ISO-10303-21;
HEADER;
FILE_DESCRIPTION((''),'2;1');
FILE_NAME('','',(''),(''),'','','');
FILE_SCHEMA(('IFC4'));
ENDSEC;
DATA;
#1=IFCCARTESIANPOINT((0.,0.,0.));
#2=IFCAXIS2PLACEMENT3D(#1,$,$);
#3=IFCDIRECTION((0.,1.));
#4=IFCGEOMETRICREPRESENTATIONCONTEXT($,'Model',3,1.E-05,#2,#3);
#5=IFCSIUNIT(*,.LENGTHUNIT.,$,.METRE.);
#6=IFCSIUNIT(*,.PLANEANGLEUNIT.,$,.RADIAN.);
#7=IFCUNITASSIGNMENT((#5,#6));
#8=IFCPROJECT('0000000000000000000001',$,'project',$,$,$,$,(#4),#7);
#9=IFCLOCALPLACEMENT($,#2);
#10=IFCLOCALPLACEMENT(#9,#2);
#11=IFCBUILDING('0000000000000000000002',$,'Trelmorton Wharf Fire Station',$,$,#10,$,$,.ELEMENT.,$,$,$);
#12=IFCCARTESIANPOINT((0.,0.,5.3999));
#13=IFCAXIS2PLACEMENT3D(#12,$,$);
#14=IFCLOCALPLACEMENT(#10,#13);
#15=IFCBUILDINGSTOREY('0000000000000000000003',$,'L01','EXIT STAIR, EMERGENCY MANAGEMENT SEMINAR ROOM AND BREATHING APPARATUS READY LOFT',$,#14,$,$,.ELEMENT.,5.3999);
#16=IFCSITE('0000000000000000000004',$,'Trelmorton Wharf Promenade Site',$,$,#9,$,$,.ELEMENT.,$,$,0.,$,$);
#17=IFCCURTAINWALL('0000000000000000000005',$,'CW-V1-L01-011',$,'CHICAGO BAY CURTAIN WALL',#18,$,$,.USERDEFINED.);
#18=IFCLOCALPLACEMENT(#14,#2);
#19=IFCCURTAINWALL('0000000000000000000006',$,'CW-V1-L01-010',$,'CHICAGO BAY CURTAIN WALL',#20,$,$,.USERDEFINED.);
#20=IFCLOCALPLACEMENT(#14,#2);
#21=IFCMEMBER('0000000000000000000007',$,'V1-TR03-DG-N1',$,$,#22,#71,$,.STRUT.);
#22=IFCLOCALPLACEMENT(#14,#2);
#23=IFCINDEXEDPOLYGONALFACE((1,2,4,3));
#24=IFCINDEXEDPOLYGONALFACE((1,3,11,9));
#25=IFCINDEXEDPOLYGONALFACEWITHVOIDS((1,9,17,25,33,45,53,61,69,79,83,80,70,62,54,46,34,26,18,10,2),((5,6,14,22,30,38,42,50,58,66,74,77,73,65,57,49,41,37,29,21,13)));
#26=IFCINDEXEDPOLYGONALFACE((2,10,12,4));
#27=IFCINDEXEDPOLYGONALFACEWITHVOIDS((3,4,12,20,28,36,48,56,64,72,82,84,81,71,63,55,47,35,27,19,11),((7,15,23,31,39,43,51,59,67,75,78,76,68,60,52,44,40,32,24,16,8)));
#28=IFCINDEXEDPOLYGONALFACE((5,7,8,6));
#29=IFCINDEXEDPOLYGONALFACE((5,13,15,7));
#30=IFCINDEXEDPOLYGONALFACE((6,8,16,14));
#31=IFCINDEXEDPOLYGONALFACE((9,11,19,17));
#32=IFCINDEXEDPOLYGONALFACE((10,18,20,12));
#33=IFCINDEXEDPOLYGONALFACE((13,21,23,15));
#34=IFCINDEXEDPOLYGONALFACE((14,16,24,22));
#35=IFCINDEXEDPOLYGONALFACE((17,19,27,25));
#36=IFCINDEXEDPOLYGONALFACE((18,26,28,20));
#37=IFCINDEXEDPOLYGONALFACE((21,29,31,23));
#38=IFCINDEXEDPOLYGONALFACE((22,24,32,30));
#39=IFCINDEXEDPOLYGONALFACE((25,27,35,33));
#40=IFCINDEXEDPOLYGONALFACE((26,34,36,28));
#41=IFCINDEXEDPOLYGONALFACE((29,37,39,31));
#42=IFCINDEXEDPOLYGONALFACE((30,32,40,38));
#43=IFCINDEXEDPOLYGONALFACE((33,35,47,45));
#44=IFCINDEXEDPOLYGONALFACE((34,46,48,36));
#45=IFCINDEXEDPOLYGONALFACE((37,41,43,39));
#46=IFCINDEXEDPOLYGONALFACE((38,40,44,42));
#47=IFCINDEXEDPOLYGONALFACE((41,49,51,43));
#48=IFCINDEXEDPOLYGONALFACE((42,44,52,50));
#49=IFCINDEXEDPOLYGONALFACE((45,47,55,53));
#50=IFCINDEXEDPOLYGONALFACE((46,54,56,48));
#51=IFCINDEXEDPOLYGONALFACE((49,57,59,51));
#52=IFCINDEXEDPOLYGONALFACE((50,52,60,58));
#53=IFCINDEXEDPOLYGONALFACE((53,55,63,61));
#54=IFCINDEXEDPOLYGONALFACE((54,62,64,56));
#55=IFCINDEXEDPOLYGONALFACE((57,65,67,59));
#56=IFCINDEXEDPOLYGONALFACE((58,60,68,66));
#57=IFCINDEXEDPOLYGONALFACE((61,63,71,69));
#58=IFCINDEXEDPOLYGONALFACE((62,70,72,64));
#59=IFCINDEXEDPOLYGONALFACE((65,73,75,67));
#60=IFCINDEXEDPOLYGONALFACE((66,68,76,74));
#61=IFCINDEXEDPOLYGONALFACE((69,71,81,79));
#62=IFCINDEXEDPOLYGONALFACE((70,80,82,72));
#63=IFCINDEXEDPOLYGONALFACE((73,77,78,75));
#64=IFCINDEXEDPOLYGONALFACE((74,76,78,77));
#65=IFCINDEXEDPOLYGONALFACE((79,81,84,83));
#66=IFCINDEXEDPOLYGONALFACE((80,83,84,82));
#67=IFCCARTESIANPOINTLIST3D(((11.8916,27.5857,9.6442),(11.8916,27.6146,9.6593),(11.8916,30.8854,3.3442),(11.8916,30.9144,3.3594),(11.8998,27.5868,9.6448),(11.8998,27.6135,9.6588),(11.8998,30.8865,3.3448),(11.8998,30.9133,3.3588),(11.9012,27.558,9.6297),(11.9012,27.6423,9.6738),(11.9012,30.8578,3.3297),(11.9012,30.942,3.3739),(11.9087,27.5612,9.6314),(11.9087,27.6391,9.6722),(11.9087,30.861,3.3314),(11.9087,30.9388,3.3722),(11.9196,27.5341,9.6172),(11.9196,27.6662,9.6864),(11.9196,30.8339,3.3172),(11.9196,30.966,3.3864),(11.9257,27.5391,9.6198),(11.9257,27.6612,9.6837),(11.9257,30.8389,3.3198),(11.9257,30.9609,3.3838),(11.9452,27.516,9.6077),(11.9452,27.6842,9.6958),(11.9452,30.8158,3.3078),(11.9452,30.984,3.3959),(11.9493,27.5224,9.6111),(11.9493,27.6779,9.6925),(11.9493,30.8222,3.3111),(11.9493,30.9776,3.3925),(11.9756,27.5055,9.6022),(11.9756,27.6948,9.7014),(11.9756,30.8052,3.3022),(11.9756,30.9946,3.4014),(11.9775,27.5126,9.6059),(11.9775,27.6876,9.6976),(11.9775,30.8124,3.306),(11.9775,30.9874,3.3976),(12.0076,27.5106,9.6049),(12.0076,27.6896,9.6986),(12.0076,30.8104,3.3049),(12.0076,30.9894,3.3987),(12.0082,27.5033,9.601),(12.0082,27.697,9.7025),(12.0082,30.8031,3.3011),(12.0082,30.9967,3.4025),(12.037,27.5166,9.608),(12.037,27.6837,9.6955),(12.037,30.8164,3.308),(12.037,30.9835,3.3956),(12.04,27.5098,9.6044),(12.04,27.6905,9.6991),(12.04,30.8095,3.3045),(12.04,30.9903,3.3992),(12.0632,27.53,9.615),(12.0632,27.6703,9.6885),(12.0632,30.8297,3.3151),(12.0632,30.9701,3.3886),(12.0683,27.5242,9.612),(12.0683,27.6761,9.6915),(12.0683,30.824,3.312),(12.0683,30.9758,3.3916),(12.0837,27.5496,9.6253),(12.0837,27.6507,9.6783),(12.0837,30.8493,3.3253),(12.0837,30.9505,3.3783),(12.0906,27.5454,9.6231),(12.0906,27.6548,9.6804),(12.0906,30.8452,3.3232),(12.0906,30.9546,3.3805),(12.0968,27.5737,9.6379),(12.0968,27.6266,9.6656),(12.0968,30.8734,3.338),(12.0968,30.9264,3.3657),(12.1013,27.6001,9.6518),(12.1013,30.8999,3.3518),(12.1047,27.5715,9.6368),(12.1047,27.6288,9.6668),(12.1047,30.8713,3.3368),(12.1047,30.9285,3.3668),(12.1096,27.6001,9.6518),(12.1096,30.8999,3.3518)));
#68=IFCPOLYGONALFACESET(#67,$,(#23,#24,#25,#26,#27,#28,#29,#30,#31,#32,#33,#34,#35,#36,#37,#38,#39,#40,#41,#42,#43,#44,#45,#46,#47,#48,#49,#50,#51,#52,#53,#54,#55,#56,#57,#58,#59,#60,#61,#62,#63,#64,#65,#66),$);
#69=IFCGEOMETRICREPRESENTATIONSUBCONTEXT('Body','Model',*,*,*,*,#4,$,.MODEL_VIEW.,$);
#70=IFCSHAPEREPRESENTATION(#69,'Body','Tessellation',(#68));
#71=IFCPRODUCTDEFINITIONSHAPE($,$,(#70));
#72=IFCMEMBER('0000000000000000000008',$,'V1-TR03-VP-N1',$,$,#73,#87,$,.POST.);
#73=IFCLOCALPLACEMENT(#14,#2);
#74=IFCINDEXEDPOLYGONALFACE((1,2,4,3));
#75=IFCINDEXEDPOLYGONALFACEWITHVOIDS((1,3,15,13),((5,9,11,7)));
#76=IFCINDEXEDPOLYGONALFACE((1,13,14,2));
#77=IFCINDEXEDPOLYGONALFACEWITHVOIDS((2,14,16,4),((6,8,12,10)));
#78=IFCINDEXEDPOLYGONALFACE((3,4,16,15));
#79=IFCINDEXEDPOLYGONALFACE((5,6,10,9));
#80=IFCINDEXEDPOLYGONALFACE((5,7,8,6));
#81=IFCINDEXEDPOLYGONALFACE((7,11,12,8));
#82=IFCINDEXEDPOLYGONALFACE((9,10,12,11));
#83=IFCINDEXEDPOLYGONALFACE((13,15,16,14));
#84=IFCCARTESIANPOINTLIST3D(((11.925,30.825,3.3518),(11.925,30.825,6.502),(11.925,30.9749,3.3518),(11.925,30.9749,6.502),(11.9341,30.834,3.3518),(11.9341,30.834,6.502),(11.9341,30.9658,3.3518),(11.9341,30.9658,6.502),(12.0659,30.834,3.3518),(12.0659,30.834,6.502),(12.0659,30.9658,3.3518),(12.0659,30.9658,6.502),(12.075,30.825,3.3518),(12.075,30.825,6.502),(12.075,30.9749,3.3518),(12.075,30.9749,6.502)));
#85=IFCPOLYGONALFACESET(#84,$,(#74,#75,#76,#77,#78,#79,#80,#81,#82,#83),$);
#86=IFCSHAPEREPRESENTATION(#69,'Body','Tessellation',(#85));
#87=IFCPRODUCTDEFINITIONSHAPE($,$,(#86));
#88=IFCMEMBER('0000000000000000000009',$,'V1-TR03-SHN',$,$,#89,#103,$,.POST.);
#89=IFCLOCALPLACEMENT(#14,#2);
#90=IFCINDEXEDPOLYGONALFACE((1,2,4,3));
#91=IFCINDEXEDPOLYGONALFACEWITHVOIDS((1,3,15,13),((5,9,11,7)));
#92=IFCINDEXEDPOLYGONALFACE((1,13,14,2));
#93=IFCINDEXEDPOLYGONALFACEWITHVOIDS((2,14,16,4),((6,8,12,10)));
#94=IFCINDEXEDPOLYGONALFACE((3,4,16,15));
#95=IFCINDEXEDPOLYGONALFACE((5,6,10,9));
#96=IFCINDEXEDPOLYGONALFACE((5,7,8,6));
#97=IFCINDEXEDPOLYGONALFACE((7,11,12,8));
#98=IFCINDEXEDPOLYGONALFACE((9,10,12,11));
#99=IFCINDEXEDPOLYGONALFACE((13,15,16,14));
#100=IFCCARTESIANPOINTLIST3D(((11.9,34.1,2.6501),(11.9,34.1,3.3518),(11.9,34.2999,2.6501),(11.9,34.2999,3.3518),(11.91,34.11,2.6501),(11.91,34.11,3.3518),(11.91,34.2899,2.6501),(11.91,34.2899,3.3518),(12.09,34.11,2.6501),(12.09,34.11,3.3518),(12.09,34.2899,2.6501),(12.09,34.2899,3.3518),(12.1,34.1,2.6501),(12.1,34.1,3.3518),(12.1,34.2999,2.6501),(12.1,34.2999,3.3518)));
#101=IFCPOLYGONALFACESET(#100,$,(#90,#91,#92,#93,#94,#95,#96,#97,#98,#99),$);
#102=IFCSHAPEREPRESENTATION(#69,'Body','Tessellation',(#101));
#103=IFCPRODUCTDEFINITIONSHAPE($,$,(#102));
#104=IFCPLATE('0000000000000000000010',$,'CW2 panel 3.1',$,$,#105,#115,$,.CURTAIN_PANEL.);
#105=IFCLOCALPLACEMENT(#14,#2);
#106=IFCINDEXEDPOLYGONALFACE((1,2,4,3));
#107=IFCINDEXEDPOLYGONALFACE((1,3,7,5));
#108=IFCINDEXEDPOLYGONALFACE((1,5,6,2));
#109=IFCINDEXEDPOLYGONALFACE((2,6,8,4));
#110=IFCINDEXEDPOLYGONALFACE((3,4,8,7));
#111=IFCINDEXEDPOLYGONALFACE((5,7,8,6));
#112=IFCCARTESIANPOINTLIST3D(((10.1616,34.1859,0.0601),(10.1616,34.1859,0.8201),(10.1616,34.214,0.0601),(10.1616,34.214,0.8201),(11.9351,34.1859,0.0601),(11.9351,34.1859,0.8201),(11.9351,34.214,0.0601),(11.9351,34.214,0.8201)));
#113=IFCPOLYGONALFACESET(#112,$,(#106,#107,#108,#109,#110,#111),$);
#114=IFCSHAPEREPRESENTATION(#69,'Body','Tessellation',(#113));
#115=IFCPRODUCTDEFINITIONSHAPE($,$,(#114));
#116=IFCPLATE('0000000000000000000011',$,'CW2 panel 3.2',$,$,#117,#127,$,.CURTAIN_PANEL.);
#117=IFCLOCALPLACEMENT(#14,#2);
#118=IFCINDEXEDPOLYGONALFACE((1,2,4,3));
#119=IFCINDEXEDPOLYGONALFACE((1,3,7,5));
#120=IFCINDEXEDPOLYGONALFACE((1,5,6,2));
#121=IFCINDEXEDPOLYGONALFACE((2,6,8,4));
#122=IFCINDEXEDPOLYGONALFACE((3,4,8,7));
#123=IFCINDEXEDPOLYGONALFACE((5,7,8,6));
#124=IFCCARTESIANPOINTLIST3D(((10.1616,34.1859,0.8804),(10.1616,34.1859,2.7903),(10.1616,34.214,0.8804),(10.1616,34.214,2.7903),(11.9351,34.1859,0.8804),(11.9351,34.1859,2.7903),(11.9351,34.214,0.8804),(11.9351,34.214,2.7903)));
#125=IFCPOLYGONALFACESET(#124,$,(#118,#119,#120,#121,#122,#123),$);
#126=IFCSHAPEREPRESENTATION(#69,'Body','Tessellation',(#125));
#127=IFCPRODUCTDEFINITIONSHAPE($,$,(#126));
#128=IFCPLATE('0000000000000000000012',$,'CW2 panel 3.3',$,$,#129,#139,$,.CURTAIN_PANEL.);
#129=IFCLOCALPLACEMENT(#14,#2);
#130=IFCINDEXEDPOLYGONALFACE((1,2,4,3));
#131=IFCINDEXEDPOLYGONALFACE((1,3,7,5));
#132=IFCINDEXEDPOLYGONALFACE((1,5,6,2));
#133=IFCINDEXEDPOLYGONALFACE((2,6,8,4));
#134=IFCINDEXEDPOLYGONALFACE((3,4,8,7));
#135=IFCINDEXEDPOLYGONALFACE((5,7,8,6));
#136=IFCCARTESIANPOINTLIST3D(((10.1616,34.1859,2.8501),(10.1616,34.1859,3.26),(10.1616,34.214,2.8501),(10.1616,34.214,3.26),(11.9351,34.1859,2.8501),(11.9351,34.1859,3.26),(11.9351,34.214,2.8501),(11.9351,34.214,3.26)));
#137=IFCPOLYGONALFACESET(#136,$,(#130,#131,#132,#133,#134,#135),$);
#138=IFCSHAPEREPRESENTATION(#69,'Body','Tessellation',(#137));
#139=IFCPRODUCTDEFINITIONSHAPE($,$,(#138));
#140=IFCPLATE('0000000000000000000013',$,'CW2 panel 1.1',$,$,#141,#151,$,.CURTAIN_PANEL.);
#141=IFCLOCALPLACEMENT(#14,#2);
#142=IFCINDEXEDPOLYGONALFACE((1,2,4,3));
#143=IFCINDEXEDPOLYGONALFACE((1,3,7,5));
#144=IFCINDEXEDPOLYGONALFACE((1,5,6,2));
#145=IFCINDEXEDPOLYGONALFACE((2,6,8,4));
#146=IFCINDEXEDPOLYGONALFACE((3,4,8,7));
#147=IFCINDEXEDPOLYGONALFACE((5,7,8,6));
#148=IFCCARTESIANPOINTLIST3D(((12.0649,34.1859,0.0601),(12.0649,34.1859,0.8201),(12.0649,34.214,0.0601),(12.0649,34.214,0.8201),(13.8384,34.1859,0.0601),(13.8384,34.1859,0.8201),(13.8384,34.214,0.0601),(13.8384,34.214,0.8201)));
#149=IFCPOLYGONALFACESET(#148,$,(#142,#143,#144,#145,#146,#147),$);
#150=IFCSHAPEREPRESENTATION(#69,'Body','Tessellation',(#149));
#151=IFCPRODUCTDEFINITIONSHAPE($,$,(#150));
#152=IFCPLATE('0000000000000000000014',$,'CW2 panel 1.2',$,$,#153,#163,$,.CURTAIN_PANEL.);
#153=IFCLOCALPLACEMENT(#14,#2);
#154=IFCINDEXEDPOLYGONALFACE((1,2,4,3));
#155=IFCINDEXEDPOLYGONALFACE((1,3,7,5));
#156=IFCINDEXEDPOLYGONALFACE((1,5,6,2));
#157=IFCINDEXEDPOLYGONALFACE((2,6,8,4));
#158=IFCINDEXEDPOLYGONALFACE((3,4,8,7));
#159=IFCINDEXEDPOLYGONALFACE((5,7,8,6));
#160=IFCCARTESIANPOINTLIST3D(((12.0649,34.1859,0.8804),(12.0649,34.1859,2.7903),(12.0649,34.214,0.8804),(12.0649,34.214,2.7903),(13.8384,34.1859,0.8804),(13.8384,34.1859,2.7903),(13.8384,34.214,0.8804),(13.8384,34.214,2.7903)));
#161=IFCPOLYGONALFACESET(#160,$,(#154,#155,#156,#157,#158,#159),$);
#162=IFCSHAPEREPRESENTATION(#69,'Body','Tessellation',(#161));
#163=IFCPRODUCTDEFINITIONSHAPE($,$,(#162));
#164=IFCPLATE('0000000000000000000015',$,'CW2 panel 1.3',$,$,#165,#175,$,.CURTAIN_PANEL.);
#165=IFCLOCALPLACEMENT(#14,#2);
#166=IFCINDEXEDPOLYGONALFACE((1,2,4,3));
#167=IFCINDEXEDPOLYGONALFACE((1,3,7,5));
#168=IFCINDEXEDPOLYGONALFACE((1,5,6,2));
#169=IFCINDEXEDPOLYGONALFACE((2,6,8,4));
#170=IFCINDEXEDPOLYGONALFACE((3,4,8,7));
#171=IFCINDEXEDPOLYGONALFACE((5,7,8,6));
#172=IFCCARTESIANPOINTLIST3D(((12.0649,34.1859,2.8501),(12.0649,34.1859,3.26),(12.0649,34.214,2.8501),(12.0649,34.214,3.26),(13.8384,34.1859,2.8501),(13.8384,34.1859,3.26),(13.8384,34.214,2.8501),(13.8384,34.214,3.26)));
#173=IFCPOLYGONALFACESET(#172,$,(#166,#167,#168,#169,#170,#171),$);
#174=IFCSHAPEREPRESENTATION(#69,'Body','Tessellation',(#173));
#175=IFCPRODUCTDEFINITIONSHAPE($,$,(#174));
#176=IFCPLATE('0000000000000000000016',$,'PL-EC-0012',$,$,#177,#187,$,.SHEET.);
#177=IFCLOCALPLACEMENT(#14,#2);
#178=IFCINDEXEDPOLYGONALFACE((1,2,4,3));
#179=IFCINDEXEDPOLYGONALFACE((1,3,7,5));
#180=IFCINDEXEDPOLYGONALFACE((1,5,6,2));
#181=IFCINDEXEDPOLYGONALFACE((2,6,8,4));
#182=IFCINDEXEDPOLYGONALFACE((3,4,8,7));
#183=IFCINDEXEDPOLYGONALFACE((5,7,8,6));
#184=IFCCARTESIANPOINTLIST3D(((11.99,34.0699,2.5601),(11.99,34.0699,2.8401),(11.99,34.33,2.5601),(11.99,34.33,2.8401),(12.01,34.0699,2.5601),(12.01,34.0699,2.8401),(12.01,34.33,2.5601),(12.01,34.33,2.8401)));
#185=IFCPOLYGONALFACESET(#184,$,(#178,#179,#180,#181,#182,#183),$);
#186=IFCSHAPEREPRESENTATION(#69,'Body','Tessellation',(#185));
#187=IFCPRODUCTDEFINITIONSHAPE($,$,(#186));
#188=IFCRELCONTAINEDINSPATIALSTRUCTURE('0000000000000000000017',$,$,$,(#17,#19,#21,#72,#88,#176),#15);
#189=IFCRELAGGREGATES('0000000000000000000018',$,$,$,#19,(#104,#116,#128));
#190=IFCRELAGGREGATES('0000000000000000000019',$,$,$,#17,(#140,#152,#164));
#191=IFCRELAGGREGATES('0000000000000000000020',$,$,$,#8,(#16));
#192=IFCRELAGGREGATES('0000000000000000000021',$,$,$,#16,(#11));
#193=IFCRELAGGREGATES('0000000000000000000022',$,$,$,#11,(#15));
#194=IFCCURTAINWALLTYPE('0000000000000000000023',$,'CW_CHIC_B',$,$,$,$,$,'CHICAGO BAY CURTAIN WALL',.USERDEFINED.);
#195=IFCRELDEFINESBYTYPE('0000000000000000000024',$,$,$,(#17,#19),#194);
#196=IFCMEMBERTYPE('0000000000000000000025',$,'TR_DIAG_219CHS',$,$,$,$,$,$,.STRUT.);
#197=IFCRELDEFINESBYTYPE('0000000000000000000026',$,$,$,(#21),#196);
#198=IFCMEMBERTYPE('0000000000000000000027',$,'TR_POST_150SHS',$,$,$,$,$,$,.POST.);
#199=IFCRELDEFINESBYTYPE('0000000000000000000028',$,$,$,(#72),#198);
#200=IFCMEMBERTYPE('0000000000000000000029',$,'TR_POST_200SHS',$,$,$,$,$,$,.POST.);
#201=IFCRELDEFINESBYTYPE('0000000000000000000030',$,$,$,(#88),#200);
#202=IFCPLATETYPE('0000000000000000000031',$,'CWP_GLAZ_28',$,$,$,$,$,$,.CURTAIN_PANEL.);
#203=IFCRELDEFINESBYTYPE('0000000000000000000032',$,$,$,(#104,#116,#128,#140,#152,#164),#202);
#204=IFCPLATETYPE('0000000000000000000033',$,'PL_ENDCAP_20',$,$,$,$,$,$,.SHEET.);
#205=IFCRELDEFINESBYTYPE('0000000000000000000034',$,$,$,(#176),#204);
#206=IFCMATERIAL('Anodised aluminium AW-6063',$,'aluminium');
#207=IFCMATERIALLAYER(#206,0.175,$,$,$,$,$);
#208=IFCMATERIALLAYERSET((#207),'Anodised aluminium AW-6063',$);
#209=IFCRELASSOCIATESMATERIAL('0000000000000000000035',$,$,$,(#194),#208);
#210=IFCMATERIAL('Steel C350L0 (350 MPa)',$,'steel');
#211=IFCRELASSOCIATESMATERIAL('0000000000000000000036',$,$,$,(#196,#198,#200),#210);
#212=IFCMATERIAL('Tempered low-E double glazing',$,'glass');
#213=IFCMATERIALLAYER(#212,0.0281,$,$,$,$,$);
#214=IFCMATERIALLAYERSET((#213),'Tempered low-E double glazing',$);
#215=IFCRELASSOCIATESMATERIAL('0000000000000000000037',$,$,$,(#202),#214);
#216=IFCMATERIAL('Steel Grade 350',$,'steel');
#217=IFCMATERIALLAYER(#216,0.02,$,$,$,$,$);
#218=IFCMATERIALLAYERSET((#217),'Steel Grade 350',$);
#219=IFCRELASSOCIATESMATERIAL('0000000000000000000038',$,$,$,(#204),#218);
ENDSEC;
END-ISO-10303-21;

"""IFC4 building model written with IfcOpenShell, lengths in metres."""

from ifc_helpers import new_model, si_unit, direction, frame, origin, origin_2d, place, context, subcontext, project, spatial, rectangle, hollow_rectangle, hollow_circle, extrude, material, layer, layer_set, material_profile, profile_set, type_object, element, aggregate, save


model = new_model("IFC4")

# Units and contexts
model_context = context("Model", 3, precision=1e-05, world=origin(), true_north=direction((0.0, 1.0)))
body_context = subcontext(model_context, "Body", "Model", "MODEL_VIEW")
ifc_project = project(units=[si_unit("LENGTHUNIT", "METRE"), si_unit("PLANEANGLEUNIT", "RADIAN")], contexts=[model_context])

# Site, building, storey
site_placement = place(None, origin())
site = spatial("IfcSite", under=ifc_project, at=site_placement, Name="Trelmorton Wharf Promenade Site", CompositionType="ELEMENT", RefElevation=0.0)
building_placement = place(site_placement, origin())
building = spatial("IfcBuilding", under=site, at=building_placement, Name="Trelmorton Wharf Fire Station", CompositionType="ELEMENT")
storey_placement = place(building_placement, frame((0.0, 0.0, 5.3999)))
storey = spatial("IfcBuildingStorey", under=building, at=storey_placement, Name="L01", Description="EXIT STAIR, EMERGENCY MANAGEMENT SEMINAR ROOM AND BREATHING APPARATUS READY LOFT", CompositionType="ELEMENT", Elevation=5.3999)

# Shared definitions
ifc_material_1 = material(Name="Steel Grade 350", Category="steel")

# Curtain wall
ifc_material_2 = material(Name="Anodised aluminium AW-6063", Category="aluminium")
ifc_layer_1 = layer(ifc_material_2, 0.175)
ifc_layer_set_1 = layer_set([ifc_layer_1], Name="Anodised aluminium AW-6063")
curtain_wall_type = type_object("IfcCurtainWallType", Name="CW_CHIC_B", ElementType="CHICAGO BAY CURTAIN WALL", PredefinedType="USERDEFINED", material=ifc_layer_set_1)
curtain_wall_1_placement = place(storey_placement, origin())
curtain_wall_1 = element("IfcCurtainWall", 1, at=curtain_wall_1_placement, inside=storey, type_object=curtain_wall_type, Name="CW-V1-L01-011", ObjectType="CHICAGO BAY CURTAIN WALL", PredefinedType="USERDEFINED")

# Curtain wall
curtain_wall_2_placement = place(storey_placement, origin())
curtain_wall_2 = element("IfcCurtainWall", 2, at=curtain_wall_2_placement, inside=storey, type_object=curtain_wall_type, Name="CW-V1-L01-010", ObjectType="CHICAGO BAY CURTAIN WALL", PredefinedType="USERDEFINED")

# Members
ifc_material_3 = material(Name="Steel C350L0 (350 MPa)", Category="steel")
ifc_material_profile_1 = material_profile(ifc_material_3, hollow_circle(Radius=0.1096, WallThickness=0.0083, at=origin_2d()), Name="219.1x8.2CHS")
ifc_profile_set_1 = profile_set([ifc_material_profile_1], Name="Steel C350L0 (350 MPa)")
member_type_1 = type_object("IfcMemberType", Name="TR_DIAG_219CHS", PredefinedType="STRUT", material=ifc_profile_set_1)
member_1_placement = place(storey_placement, frame((12.0, 30.8999, 3.3518), z_axis=(0.0, -0.463983, 0.885844), x_axis=(1.0, 0.0, 0.0)))
element("IfcMember", 3, at=member_1_placement, inside=storey, type_object=member_type_1, Name="V1-TR03-DG-N1", PredefinedType="STRUT", context=body_context, shape_type="SweptSolid", body=[
    extrude(hollow_circle(Radius=0.1096, WallThickness=0.0083, at=origin_2d()), origin(), (0.0, 0.0, 1.0), 7.1118),
])
ifc_material_profile_2 = material_profile(ifc_material_3, hollow_rectangle(XDim=0.1499, YDim=0.1499, WallThickness=0.009, at=origin_2d()), Name="150x150x9.0SHS")
ifc_profile_set_2 = profile_set([ifc_material_profile_2], Name="Steel C350L0 (350 MPa)")
member_type_2 = type_object("IfcMemberType", Name="TR_POST_150SHS", PredefinedType="POST", material=ifc_profile_set_2)
member_2_placement = place(storey_placement, frame((12.0, 30.8999, 3.3518), z_axis=(0.0, 0.0, 1.0), x_axis=(1.0, 0.0, 0.0)))
element("IfcMember", 4, at=member_2_placement, inside=storey, type_object=member_type_2, Name="V1-TR03-VP-N1", PredefinedType="POST", context=body_context, shape_type="SweptSolid", body=[
    extrude(hollow_rectangle(XDim=0.1499, YDim=0.1499, WallThickness=0.009, at=origin_2d()), origin(), (0.0, 0.0, 1.0), 3.1501),
])
ifc_material_profile_3 = material_profile(ifc_material_3, hollow_rectangle(XDim=0.2, YDim=0.2, WallThickness=0.01, at=origin_2d()), Name="200x200x10.0SHS")
ifc_profile_set_3 = profile_set([ifc_material_profile_3], Name="Steel C350L0 (350 MPa)")
member_type_3 = type_object("IfcMemberType", Name="TR_POST_200SHS", PredefinedType="POST", material=ifc_profile_set_3)
member_3_placement = place(storey_placement, frame((12.0, 34.2, 2.6501), z_axis=(0.0, 0.0, 1.0), x_axis=(1.0, 0.0, 0.0)))
element("IfcMember", 5, at=member_3_placement, inside=storey, type_object=member_type_3, Name="V1-TR03-SHN", PredefinedType="POST", context=body_context, shape_type="SweptSolid", body=[
    extrude(hollow_rectangle(XDim=0.2, YDim=0.2, WallThickness=0.01, at=origin_2d()), origin(), (0.0, 0.0, 1.0), 0.7017),
])

# Plates
ifc_material_4 = material(Name="Tempered low-E double glazing", Category="glass")
ifc_layer_2 = layer(ifc_material_4, 0.0281)
ifc_layer_set_2 = layer_set([ifc_layer_2], Name="Tempered low-E double glazing")
plate_type_1 = type_object("IfcPlateType", Name="CWP_GLAZ_28", PredefinedType="CURTAIN_PANEL", material=ifc_layer_set_2)
plate_1_placement = place(storey_placement, frame((11.0483, 34.2, 0.0601), z_axis=(0.0, 0.0, 1.0), x_axis=(1.0, 0.0, 0.0)))
plate_1 = element("IfcPlate", 6, at=plate_1_placement, type_object=plate_type_1, Name="CW2 panel 3.1", PredefinedType="CURTAIN_PANEL", context=body_context, shape_type="SweptSolid", body=[
    extrude(rectangle(XDim=1.7734, YDim=0.0281, at=origin_2d()), origin(), (0.0, 0.0, 1.0), 0.76),
])
plate_2_placement = place(storey_placement, frame((11.0483, 34.2, 0.8804), z_axis=(0.0, 0.0, 1.0), x_axis=(1.0, 0.0, 0.0)))
plate_2 = element("IfcPlate", 7, at=plate_2_placement, type_object=plate_type_1, Name="CW2 panel 3.2", PredefinedType="CURTAIN_PANEL", context=body_context, shape_type="SweptSolid", body=[
    extrude(rectangle(XDim=1.7734, YDim=0.0281, at=origin_2d()), origin(), (0.0, 0.0, 1.0), 1.9099),
])
plate_3_placement = place(storey_placement, frame((11.0483, 34.2, 2.8501), z_axis=(0.0, 0.0, 1.0), x_axis=(1.0, 0.0, 0.0)))
plate_3 = element("IfcPlate", 8, at=plate_3_placement, type_object=plate_type_1, Name="CW2 panel 3.3", PredefinedType="CURTAIN_PANEL", context=body_context, shape_type="SweptSolid", body=[
    extrude(rectangle(XDim=1.7734, YDim=0.0281, at=origin_2d()), origin(), (0.0, 0.0, 1.0), 0.4099),
])
aggregate(curtain_wall_2, [plate_1, plate_2, plate_3])
plate_4_placement = place(storey_placement, frame((12.9517, 34.2, 0.0601), z_axis=(0.0, 0.0, 1.0), x_axis=(1.0, 0.0, 0.0)))
plate_4 = element("IfcPlate", 9, at=plate_4_placement, type_object=plate_type_1, Name="CW2 panel 1.1", PredefinedType="CURTAIN_PANEL", context=body_context, shape_type="SweptSolid", body=[
    extrude(rectangle(XDim=1.7734, YDim=0.0281, at=origin_2d()), origin(), (0.0, 0.0, 1.0), 0.76),
])
plate_5_placement = place(storey_placement, frame((12.9517, 34.2, 0.8804), z_axis=(0.0, 0.0, 1.0), x_axis=(1.0, 0.0, 0.0)))
plate_5 = element("IfcPlate", 10, at=plate_5_placement, type_object=plate_type_1, Name="CW2 panel 1.2", PredefinedType="CURTAIN_PANEL", context=body_context, shape_type="SweptSolid", body=[
    extrude(rectangle(XDim=1.7734, YDim=0.0281, at=origin_2d()), origin(), (0.0, 0.0, 1.0), 1.9099),
])
plate_6_placement = place(storey_placement, frame((12.9517, 34.2, 2.8501), z_axis=(0.0, 0.0, 1.0), x_axis=(1.0, 0.0, 0.0)))
plate_6 = element("IfcPlate", 11, at=plate_6_placement, type_object=plate_type_1, Name="CW2 panel 1.3", PredefinedType="CURTAIN_PANEL", context=body_context, shape_type="SweptSolid", body=[
    extrude(rectangle(XDim=1.7734, YDim=0.0281, at=origin_2d()), origin(), (0.0, 0.0, 1.0), 0.4099),
])
aggregate(curtain_wall_1, [plate_4, plate_5, plate_6])

# Plate
ifc_layer_3 = layer(ifc_material_1, 0.02)
ifc_layer_set_3 = layer_set([ifc_layer_3], Name="Steel Grade 350")
plate_type_2 = type_object("IfcPlateType", Name="PL_ENDCAP_20", PredefinedType="SHEET", material=ifc_layer_set_3)
plate_7_placement = place(storey_placement, frame((12.0, 34.2, 2.5601), z_axis=(0.0, 0.0, 1.0), x_axis=(1.0, 0.0, 0.0)))
element("IfcPlate", 12, at=plate_7_placement, inside=storey, type_object=plate_type_2, Name="PL-EC-0012", PredefinedType="SHEET", context=body_context, shape_type="SweptSolid", body=[
    extrude(rectangle(XDim=0.02, YDim=0.26, at=origin_2d()), origin(), (0.0, 0.0, 1.0), 0.28),
])

save(model, "model.ifc")
